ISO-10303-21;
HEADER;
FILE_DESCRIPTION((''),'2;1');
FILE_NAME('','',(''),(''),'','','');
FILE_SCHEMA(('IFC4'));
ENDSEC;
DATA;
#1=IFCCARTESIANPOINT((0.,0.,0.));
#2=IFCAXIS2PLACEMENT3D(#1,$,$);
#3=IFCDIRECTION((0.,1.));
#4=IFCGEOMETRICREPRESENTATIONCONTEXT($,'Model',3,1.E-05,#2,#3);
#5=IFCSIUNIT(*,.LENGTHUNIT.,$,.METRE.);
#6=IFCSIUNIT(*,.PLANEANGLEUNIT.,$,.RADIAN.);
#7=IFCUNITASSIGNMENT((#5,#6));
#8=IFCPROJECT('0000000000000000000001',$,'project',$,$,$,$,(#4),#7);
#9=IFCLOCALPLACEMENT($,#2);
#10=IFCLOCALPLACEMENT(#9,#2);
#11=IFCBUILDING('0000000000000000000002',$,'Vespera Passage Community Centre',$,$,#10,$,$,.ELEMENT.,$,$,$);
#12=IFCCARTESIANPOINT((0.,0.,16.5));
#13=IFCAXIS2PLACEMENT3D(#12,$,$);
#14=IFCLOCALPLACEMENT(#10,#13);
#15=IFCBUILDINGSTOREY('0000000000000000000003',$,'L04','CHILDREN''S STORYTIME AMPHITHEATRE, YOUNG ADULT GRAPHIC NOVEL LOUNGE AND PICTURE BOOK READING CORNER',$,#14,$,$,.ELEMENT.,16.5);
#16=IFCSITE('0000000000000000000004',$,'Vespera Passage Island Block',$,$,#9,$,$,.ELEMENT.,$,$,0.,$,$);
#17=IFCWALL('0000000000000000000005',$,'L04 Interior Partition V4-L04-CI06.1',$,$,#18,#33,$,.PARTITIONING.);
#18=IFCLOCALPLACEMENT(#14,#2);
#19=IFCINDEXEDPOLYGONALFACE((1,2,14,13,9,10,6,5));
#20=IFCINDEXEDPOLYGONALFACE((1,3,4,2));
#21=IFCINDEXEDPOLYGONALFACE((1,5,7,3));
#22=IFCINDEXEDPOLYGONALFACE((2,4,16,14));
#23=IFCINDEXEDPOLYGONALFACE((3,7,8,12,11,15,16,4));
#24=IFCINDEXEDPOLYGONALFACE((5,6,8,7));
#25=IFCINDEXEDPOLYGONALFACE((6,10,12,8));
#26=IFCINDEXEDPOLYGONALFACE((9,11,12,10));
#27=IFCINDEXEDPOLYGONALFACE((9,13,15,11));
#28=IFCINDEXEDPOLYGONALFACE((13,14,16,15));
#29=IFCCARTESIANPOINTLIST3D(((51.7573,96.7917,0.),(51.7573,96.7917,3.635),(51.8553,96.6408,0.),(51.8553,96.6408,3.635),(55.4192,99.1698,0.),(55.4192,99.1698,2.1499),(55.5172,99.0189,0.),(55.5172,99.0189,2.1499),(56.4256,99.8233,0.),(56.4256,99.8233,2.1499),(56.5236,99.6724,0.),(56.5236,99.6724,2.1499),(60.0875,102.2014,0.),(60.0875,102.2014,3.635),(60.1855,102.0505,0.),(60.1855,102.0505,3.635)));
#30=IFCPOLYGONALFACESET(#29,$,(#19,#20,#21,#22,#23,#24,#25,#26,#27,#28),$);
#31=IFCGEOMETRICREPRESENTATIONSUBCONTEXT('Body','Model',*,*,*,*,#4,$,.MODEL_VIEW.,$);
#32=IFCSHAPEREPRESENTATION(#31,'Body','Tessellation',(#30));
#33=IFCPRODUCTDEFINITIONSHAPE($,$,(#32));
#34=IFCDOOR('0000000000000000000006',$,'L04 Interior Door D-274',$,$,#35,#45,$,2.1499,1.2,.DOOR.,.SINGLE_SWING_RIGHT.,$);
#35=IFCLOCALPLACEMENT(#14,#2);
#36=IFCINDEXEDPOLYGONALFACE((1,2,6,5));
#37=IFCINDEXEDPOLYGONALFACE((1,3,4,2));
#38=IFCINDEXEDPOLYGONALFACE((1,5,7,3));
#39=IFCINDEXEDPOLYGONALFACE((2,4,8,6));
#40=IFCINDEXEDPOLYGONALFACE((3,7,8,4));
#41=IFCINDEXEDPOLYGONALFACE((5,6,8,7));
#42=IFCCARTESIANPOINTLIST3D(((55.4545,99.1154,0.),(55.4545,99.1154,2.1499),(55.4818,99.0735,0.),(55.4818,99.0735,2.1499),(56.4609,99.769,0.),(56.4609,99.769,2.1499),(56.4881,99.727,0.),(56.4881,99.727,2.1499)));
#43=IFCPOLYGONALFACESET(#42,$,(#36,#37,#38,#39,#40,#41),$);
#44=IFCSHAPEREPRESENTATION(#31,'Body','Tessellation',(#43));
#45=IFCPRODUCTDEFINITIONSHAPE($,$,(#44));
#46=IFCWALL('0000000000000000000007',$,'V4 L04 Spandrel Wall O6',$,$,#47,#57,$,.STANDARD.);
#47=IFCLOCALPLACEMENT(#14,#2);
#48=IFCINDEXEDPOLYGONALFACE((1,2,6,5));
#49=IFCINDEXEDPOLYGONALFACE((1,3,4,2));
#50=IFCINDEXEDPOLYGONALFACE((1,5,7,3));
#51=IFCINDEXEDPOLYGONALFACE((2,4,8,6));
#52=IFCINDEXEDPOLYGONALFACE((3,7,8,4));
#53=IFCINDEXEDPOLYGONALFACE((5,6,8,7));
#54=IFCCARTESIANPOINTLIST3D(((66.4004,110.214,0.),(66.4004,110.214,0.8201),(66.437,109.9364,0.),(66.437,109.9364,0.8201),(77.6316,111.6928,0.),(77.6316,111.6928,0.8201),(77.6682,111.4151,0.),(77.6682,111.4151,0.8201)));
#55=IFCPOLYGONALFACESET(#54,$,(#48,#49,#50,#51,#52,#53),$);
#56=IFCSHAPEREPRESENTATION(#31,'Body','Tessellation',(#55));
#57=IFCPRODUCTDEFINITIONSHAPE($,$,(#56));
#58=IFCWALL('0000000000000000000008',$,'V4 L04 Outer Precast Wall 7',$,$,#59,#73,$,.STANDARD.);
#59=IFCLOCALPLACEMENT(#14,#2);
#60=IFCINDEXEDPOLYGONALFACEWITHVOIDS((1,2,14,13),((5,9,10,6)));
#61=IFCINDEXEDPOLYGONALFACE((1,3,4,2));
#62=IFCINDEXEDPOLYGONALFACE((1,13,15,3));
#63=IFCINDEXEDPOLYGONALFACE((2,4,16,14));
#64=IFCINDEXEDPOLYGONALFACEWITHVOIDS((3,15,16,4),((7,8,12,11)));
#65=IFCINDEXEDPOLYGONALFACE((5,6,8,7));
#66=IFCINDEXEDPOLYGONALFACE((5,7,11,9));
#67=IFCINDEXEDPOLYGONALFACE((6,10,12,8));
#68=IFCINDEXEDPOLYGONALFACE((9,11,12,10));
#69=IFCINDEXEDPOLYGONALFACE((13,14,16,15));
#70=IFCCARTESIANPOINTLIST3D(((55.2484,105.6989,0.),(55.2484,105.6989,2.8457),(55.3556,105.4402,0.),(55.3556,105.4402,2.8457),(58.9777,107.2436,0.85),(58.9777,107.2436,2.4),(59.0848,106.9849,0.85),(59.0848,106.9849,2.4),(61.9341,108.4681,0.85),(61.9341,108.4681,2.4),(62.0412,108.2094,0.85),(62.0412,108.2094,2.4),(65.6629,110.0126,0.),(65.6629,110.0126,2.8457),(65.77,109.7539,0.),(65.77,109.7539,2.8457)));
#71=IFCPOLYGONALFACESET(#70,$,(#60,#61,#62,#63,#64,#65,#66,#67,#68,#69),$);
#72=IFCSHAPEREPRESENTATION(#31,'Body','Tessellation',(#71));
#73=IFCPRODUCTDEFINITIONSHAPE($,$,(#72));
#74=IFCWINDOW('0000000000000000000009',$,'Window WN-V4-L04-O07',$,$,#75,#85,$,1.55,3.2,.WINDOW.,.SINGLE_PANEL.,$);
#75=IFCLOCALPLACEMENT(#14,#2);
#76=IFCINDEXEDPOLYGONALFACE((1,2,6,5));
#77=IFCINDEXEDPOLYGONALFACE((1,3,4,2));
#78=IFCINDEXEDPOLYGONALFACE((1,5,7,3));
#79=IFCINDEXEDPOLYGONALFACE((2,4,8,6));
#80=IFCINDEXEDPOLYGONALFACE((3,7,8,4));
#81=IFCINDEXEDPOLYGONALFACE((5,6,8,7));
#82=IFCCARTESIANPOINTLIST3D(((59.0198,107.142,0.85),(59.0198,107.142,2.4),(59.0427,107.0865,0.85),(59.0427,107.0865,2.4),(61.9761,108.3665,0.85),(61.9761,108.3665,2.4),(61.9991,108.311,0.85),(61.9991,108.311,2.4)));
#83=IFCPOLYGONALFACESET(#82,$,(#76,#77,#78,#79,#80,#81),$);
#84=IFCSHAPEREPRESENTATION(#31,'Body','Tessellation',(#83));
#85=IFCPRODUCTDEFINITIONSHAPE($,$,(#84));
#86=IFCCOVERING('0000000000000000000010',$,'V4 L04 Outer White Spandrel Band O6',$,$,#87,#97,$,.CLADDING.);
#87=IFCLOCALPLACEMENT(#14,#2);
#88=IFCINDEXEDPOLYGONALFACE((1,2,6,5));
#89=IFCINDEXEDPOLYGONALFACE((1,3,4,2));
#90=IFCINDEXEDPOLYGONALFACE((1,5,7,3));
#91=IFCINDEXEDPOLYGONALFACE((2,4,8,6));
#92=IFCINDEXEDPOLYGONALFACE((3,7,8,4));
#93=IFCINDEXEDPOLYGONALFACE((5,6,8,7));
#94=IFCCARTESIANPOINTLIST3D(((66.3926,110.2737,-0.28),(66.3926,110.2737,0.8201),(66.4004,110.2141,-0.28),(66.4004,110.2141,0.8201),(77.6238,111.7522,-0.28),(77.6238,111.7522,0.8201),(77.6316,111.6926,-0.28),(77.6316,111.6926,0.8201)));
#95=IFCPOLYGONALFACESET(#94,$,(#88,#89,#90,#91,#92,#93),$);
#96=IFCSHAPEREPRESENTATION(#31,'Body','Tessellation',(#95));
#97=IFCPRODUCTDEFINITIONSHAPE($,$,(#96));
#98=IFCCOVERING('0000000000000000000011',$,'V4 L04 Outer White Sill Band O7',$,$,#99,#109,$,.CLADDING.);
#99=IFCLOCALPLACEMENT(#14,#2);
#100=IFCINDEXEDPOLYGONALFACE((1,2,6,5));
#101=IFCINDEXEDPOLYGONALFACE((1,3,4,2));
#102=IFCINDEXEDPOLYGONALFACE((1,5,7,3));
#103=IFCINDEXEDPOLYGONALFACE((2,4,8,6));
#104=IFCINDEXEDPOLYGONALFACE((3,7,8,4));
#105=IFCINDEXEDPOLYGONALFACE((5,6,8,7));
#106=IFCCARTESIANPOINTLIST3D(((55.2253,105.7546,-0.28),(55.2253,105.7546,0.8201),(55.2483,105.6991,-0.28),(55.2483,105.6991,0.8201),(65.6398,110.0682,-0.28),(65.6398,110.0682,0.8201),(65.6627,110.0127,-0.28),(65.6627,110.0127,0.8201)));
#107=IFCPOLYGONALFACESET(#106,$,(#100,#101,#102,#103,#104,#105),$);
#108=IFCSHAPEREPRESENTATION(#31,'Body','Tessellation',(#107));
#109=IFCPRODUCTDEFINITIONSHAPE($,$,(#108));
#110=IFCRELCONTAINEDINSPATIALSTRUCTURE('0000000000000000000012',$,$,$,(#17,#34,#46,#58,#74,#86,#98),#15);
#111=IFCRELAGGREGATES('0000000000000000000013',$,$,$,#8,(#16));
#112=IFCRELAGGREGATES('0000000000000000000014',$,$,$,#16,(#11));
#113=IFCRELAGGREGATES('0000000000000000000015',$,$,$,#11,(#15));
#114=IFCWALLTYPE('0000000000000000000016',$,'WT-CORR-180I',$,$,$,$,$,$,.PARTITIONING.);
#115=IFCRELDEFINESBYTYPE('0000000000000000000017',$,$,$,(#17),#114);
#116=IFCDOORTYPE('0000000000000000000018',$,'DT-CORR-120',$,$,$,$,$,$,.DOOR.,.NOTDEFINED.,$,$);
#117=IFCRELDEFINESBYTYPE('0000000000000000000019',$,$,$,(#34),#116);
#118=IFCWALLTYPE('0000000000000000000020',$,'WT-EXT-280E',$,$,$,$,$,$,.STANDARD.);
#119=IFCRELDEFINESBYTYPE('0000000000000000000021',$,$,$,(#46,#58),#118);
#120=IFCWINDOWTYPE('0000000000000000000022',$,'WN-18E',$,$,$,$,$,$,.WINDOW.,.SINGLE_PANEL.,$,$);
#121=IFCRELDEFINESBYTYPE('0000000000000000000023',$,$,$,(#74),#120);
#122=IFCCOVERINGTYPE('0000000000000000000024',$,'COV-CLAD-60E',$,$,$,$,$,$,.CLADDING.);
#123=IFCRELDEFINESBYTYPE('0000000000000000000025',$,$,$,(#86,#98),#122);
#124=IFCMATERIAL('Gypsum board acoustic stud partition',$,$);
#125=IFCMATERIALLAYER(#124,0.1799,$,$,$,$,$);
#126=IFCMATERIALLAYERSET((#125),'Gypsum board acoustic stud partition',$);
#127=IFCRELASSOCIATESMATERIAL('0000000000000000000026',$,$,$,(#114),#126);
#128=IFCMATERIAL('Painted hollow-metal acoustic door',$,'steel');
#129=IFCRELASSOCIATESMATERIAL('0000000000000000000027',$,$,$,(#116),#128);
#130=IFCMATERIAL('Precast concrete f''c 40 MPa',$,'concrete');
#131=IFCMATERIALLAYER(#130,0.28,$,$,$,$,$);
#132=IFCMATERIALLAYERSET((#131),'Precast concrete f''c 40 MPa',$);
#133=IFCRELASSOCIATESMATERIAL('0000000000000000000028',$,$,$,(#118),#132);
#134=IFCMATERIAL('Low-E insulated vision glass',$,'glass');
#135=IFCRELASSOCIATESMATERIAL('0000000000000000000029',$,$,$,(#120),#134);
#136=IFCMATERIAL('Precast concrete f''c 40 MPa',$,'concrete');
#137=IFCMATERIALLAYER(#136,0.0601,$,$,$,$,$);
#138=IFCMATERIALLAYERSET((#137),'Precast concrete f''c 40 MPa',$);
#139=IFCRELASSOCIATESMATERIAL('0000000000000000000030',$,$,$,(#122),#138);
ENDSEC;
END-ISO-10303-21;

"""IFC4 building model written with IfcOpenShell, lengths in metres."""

from ifc_helpers import new_model, si_unit, direction, frame, frame_2d, origin, place, context, subcontext, project, spatial, rectangle, extrude, material, layer, layer_set, type_object, element, fill, save


model = new_model("IFC4")

# Units and contexts
model_context = context("Model", 3, precision=1e-05, world=origin(), true_north=direction((0.0, 1.0)))
body_context = subcontext(model_context, "Body", "Model", "MODEL_VIEW")
ifc_project = project(units=[si_unit("LENGTHUNIT", "METRE"), si_unit("PLANEANGLEUNIT", "RADIAN")], contexts=[model_context])

# Site, building, storey
site_placement = place(None, origin())
site = spatial("IfcSite", under=ifc_project, at=site_placement, Name="Vespera Passage Island Block", CompositionType="ELEMENT", RefElevation=0.0)
building_placement = place(site_placement, origin())
building = spatial("IfcBuilding", under=site, at=building_placement, Name="Vespera Passage Community Centre", CompositionType="ELEMENT")
storey_placement = place(building_placement, frame((0.0, 0.0, 16.5)))
storey = spatial("IfcBuildingStorey", under=building, at=storey_placement, Name="L04", Description="CHILDREN'S STORYTIME AMPHITHEATRE, YOUNG ADULT GRAPHIC NOVEL LOUNGE AND PICTURE BOOK READING CORNER", CompositionType="ELEMENT", Elevation=16.5)

# Wall, opening, door
ifc_material_1 = material(Name="Gypsum board acoustic stud partition")
ifc_layer_1 = layer(ifc_material_1, 0.1799)
ifc_layer_set_1 = layer_set([ifc_layer_1], Name="Gypsum board acoustic stud partition")
wall_type_1 = type_object("IfcWallType", Name="WT-CORR-180I", PredefinedType="PARTITIONING", material=ifc_layer_set_1)
wall_1_placement = place(storey_placement, frame((60.1365, 102.126, 0.0), z_axis=(0.0, 0.0, 1.0), x_axis=(-0.838668, -0.544643, 0.0)))
wall_1 = element("IfcWall", 1, at=wall_1_placement, inside=storey, type_object=wall_type_1, Name="L04 Interior Partition V4-L04-CI06.1", PredefinedType="PARTITIONING", context=body_context, shape_type="SweptSolid", body=[
    extrude(rectangle(XDim=9.9326, YDim=0.1799, at=frame_2d((4.9663, 0.0))), origin(), (0.0, 0.0, 1.0), 3.635),
])
opening_1_placement = place(wall_1_placement, frame((4.3662, 0.0, 0.0)))
opening_1 = element("IfcOpeningElement", 2, at=opening_1_placement, cuts=wall_1, PredefinedType="OPENING", context=body_context, shape_type="SweptSolid", body=[
    extrude(rectangle(XDim=1.2, YDim=2.1499, at=frame_2d((0.6001, 1.075))), frame((0.0, 0.0999, 0.0), z_axis=(0.0, -1.0, 0.0), x_axis=(1.0, 0.0, 0.0)), (0.0, 0.0, 1.0), 0.2),
])
ifc_material_2 = material(Name="Painted hollow-metal acoustic door", Category="steel")
door_type_1 = type_object("IfcDoorType", Name="DT-CORR-120", OperationType="NOTDEFINED", PredefinedType="DOOR", material=ifc_material_2)
door_1_placement = place(opening_1_placement, origin())
door_1 = element("IfcDoor", 3, at=door_1_placement, inside=storey, type_object=door_type_1, Name="L04 Interior Door D-274", OperationType="SINGLE_SWING_RIGHT", OverallHeight=2.1499, OverallWidth=1.2, PredefinedType="DOOR", context=body_context, shape_type="SweptSolid", body=[
    extrude(rectangle(XDim=1.2, YDim=2.1499, at=frame_2d((0.6001, 1.075))), frame((0.0, 0.0249, 0.0), z_axis=(0.0, -1.0, 0.0), x_axis=(1.0, 0.0, 0.0)), (0.0, 0.0, 1.0), 0.05),
])
fill(opening_1, door_1)

# Wall
ifc_material_3 = material(Name="Precast concrete f'c 40 MPa", Category="concrete")
ifc_layer_2 = layer(ifc_material_3, 0.28)
ifc_layer_set_2 = layer_set([ifc_layer_2], Name="Precast concrete f'c 40 MPa")
wall_type_2 = type_object("IfcWallType", Name="WT-EXT-280E", PredefinedType="STANDARD", material=ifc_layer_set_2)
wall_2_placement = place(storey_placement, frame((66.4187, 110.0752, 0.0), z_axis=(0.0, 0.0, 1.0), x_axis=(0.991443, 0.130539, 0.0)))
element("IfcWall", 4, at=wall_2_placement, inside=storey, type_object=wall_type_2, Name="V4 L04 Spandrel Wall O6", PredefinedType="STANDARD", context=body_context, shape_type="SweptSolid", body=[
    extrude(rectangle(XDim=11.3281, YDim=0.28, at=frame_2d((5.6641, 0.0))), origin(), (0.0, 0.0, 1.0), 0.8201),
])

# Wall, opening, window
wall_3_placement = place(storey_placement, frame((55.302, 105.5696, 0.0), z_axis=(0.0, 0.0, 1.0), x_axis=(0.923884, 0.382674, 0.0)))
wall_3 = element("IfcWall", 5, at=wall_3_placement, inside=storey, type_object=wall_type_2, Name="V4 L04 Outer Precast Wall 7", PredefinedType="STANDARD", context=body_context, shape_type="SweptSolid", body=[
    extrude(rectangle(XDim=11.2725, YDim=0.28, at=frame_2d((5.6362, 0.0))), origin(), (0.0, 0.0, 1.0), 2.8457),
])
opening_2_placement = place(wall_3_placement, frame((4.0364, 0.0, 0.8501)))
opening_2 = element("IfcOpeningElement", 6, at=opening_2_placement, cuts=wall_3, PredefinedType="OPENING", context=body_context, shape_type="SweptSolid", body=[
    extrude(rectangle(XDim=3.2, YDim=1.55, at=frame_2d((1.6001, 0.7749))), frame((0.0, 0.1501, 0.0), z_axis=(0.0, -1.0, 0.0), x_axis=(1.0, 0.0, 0.0)), (0.0, 0.0, 1.0), 0.3),
])
ifc_material_4 = material(Name="Low-E insulated vision glass", Category="glass")
window_type = type_object("IfcWindowType", Name="WN-18E", PartitioningType="SINGLE_PANEL", PredefinedType="WINDOW", material=ifc_material_4)
window_placement = place(opening_2_placement, origin())
window = element("IfcWindow", 7, at=window_placement, inside=storey, type_object=window_type, Name="Window WN-V4-L04-O07", OverallHeight=1.55, OverallWidth=3.2, PartitioningType="SINGLE_PANEL", PredefinedType="WINDOW", context=body_context, shape_type="SweptSolid", body=[
    extrude(rectangle(XDim=3.2, YDim=1.55, at=frame_2d((1.6001, 0.7749))), frame((0.0, 0.03, 0.0), z_axis=(0.0, -1.0, 0.0), x_axis=(1.0, 0.0, 0.0)), (0.0, 0.0, 1.0), 0.0601),
])
fill(opening_2, window)

# Coverings
ifc_material_5 = material(Name="Precast concrete f'c 40 MPa", Category="concrete")
ifc_layer_3 = layer(ifc_material_5, 0.0601)
ifc_layer_set_3 = layer_set([ifc_layer_3], Name="Precast concrete f'c 40 MPa")
covering_type = type_object("IfcCoveringType", Name="COV-CLAD-60E", PredefinedType="CLADDING", material=ifc_layer_set_3)
covering_1_placement = place(storey_placement, frame((66.3965, 110.2439, -0.28), z_axis=(0.0, 0.0, 1.0), x_axis=(0.991446, 0.130518, 0.0)))
element("IfcCovering", 8, at=covering_1_placement, inside=storey, type_object=covering_type, Name="V4 L04 Outer White Spandrel Band O6", PredefinedType="CLADDING", context=body_context, shape_type="SweptSolid", body=[
    extrude(rectangle(XDim=11.3281, YDim=0.0601, at=frame_2d((5.6641, 0.0))), origin(), (0.0, 0.0, 1.0), 1.1001),
])
covering_2_placement = place(storey_placement, frame((55.2368, 105.7268, -0.28), z_axis=(0.0, 0.0, 1.0), x_axis=(0.923884, 0.382674, 0.0)))
element("IfcCovering", 9, at=covering_2_placement, inside=storey, type_object=covering_type, Name="V4 L04 Outer White Sill Band O7", PredefinedType="CLADDING", context=body_context, shape_type="SweptSolid", body=[
    extrude(rectangle(XDim=11.2725, YDim=0.0601, at=frame_2d((5.6362, 0.0))), origin(), (0.0, 0.0, 1.0), 1.1001),
])

save(model, "model.ifc")
